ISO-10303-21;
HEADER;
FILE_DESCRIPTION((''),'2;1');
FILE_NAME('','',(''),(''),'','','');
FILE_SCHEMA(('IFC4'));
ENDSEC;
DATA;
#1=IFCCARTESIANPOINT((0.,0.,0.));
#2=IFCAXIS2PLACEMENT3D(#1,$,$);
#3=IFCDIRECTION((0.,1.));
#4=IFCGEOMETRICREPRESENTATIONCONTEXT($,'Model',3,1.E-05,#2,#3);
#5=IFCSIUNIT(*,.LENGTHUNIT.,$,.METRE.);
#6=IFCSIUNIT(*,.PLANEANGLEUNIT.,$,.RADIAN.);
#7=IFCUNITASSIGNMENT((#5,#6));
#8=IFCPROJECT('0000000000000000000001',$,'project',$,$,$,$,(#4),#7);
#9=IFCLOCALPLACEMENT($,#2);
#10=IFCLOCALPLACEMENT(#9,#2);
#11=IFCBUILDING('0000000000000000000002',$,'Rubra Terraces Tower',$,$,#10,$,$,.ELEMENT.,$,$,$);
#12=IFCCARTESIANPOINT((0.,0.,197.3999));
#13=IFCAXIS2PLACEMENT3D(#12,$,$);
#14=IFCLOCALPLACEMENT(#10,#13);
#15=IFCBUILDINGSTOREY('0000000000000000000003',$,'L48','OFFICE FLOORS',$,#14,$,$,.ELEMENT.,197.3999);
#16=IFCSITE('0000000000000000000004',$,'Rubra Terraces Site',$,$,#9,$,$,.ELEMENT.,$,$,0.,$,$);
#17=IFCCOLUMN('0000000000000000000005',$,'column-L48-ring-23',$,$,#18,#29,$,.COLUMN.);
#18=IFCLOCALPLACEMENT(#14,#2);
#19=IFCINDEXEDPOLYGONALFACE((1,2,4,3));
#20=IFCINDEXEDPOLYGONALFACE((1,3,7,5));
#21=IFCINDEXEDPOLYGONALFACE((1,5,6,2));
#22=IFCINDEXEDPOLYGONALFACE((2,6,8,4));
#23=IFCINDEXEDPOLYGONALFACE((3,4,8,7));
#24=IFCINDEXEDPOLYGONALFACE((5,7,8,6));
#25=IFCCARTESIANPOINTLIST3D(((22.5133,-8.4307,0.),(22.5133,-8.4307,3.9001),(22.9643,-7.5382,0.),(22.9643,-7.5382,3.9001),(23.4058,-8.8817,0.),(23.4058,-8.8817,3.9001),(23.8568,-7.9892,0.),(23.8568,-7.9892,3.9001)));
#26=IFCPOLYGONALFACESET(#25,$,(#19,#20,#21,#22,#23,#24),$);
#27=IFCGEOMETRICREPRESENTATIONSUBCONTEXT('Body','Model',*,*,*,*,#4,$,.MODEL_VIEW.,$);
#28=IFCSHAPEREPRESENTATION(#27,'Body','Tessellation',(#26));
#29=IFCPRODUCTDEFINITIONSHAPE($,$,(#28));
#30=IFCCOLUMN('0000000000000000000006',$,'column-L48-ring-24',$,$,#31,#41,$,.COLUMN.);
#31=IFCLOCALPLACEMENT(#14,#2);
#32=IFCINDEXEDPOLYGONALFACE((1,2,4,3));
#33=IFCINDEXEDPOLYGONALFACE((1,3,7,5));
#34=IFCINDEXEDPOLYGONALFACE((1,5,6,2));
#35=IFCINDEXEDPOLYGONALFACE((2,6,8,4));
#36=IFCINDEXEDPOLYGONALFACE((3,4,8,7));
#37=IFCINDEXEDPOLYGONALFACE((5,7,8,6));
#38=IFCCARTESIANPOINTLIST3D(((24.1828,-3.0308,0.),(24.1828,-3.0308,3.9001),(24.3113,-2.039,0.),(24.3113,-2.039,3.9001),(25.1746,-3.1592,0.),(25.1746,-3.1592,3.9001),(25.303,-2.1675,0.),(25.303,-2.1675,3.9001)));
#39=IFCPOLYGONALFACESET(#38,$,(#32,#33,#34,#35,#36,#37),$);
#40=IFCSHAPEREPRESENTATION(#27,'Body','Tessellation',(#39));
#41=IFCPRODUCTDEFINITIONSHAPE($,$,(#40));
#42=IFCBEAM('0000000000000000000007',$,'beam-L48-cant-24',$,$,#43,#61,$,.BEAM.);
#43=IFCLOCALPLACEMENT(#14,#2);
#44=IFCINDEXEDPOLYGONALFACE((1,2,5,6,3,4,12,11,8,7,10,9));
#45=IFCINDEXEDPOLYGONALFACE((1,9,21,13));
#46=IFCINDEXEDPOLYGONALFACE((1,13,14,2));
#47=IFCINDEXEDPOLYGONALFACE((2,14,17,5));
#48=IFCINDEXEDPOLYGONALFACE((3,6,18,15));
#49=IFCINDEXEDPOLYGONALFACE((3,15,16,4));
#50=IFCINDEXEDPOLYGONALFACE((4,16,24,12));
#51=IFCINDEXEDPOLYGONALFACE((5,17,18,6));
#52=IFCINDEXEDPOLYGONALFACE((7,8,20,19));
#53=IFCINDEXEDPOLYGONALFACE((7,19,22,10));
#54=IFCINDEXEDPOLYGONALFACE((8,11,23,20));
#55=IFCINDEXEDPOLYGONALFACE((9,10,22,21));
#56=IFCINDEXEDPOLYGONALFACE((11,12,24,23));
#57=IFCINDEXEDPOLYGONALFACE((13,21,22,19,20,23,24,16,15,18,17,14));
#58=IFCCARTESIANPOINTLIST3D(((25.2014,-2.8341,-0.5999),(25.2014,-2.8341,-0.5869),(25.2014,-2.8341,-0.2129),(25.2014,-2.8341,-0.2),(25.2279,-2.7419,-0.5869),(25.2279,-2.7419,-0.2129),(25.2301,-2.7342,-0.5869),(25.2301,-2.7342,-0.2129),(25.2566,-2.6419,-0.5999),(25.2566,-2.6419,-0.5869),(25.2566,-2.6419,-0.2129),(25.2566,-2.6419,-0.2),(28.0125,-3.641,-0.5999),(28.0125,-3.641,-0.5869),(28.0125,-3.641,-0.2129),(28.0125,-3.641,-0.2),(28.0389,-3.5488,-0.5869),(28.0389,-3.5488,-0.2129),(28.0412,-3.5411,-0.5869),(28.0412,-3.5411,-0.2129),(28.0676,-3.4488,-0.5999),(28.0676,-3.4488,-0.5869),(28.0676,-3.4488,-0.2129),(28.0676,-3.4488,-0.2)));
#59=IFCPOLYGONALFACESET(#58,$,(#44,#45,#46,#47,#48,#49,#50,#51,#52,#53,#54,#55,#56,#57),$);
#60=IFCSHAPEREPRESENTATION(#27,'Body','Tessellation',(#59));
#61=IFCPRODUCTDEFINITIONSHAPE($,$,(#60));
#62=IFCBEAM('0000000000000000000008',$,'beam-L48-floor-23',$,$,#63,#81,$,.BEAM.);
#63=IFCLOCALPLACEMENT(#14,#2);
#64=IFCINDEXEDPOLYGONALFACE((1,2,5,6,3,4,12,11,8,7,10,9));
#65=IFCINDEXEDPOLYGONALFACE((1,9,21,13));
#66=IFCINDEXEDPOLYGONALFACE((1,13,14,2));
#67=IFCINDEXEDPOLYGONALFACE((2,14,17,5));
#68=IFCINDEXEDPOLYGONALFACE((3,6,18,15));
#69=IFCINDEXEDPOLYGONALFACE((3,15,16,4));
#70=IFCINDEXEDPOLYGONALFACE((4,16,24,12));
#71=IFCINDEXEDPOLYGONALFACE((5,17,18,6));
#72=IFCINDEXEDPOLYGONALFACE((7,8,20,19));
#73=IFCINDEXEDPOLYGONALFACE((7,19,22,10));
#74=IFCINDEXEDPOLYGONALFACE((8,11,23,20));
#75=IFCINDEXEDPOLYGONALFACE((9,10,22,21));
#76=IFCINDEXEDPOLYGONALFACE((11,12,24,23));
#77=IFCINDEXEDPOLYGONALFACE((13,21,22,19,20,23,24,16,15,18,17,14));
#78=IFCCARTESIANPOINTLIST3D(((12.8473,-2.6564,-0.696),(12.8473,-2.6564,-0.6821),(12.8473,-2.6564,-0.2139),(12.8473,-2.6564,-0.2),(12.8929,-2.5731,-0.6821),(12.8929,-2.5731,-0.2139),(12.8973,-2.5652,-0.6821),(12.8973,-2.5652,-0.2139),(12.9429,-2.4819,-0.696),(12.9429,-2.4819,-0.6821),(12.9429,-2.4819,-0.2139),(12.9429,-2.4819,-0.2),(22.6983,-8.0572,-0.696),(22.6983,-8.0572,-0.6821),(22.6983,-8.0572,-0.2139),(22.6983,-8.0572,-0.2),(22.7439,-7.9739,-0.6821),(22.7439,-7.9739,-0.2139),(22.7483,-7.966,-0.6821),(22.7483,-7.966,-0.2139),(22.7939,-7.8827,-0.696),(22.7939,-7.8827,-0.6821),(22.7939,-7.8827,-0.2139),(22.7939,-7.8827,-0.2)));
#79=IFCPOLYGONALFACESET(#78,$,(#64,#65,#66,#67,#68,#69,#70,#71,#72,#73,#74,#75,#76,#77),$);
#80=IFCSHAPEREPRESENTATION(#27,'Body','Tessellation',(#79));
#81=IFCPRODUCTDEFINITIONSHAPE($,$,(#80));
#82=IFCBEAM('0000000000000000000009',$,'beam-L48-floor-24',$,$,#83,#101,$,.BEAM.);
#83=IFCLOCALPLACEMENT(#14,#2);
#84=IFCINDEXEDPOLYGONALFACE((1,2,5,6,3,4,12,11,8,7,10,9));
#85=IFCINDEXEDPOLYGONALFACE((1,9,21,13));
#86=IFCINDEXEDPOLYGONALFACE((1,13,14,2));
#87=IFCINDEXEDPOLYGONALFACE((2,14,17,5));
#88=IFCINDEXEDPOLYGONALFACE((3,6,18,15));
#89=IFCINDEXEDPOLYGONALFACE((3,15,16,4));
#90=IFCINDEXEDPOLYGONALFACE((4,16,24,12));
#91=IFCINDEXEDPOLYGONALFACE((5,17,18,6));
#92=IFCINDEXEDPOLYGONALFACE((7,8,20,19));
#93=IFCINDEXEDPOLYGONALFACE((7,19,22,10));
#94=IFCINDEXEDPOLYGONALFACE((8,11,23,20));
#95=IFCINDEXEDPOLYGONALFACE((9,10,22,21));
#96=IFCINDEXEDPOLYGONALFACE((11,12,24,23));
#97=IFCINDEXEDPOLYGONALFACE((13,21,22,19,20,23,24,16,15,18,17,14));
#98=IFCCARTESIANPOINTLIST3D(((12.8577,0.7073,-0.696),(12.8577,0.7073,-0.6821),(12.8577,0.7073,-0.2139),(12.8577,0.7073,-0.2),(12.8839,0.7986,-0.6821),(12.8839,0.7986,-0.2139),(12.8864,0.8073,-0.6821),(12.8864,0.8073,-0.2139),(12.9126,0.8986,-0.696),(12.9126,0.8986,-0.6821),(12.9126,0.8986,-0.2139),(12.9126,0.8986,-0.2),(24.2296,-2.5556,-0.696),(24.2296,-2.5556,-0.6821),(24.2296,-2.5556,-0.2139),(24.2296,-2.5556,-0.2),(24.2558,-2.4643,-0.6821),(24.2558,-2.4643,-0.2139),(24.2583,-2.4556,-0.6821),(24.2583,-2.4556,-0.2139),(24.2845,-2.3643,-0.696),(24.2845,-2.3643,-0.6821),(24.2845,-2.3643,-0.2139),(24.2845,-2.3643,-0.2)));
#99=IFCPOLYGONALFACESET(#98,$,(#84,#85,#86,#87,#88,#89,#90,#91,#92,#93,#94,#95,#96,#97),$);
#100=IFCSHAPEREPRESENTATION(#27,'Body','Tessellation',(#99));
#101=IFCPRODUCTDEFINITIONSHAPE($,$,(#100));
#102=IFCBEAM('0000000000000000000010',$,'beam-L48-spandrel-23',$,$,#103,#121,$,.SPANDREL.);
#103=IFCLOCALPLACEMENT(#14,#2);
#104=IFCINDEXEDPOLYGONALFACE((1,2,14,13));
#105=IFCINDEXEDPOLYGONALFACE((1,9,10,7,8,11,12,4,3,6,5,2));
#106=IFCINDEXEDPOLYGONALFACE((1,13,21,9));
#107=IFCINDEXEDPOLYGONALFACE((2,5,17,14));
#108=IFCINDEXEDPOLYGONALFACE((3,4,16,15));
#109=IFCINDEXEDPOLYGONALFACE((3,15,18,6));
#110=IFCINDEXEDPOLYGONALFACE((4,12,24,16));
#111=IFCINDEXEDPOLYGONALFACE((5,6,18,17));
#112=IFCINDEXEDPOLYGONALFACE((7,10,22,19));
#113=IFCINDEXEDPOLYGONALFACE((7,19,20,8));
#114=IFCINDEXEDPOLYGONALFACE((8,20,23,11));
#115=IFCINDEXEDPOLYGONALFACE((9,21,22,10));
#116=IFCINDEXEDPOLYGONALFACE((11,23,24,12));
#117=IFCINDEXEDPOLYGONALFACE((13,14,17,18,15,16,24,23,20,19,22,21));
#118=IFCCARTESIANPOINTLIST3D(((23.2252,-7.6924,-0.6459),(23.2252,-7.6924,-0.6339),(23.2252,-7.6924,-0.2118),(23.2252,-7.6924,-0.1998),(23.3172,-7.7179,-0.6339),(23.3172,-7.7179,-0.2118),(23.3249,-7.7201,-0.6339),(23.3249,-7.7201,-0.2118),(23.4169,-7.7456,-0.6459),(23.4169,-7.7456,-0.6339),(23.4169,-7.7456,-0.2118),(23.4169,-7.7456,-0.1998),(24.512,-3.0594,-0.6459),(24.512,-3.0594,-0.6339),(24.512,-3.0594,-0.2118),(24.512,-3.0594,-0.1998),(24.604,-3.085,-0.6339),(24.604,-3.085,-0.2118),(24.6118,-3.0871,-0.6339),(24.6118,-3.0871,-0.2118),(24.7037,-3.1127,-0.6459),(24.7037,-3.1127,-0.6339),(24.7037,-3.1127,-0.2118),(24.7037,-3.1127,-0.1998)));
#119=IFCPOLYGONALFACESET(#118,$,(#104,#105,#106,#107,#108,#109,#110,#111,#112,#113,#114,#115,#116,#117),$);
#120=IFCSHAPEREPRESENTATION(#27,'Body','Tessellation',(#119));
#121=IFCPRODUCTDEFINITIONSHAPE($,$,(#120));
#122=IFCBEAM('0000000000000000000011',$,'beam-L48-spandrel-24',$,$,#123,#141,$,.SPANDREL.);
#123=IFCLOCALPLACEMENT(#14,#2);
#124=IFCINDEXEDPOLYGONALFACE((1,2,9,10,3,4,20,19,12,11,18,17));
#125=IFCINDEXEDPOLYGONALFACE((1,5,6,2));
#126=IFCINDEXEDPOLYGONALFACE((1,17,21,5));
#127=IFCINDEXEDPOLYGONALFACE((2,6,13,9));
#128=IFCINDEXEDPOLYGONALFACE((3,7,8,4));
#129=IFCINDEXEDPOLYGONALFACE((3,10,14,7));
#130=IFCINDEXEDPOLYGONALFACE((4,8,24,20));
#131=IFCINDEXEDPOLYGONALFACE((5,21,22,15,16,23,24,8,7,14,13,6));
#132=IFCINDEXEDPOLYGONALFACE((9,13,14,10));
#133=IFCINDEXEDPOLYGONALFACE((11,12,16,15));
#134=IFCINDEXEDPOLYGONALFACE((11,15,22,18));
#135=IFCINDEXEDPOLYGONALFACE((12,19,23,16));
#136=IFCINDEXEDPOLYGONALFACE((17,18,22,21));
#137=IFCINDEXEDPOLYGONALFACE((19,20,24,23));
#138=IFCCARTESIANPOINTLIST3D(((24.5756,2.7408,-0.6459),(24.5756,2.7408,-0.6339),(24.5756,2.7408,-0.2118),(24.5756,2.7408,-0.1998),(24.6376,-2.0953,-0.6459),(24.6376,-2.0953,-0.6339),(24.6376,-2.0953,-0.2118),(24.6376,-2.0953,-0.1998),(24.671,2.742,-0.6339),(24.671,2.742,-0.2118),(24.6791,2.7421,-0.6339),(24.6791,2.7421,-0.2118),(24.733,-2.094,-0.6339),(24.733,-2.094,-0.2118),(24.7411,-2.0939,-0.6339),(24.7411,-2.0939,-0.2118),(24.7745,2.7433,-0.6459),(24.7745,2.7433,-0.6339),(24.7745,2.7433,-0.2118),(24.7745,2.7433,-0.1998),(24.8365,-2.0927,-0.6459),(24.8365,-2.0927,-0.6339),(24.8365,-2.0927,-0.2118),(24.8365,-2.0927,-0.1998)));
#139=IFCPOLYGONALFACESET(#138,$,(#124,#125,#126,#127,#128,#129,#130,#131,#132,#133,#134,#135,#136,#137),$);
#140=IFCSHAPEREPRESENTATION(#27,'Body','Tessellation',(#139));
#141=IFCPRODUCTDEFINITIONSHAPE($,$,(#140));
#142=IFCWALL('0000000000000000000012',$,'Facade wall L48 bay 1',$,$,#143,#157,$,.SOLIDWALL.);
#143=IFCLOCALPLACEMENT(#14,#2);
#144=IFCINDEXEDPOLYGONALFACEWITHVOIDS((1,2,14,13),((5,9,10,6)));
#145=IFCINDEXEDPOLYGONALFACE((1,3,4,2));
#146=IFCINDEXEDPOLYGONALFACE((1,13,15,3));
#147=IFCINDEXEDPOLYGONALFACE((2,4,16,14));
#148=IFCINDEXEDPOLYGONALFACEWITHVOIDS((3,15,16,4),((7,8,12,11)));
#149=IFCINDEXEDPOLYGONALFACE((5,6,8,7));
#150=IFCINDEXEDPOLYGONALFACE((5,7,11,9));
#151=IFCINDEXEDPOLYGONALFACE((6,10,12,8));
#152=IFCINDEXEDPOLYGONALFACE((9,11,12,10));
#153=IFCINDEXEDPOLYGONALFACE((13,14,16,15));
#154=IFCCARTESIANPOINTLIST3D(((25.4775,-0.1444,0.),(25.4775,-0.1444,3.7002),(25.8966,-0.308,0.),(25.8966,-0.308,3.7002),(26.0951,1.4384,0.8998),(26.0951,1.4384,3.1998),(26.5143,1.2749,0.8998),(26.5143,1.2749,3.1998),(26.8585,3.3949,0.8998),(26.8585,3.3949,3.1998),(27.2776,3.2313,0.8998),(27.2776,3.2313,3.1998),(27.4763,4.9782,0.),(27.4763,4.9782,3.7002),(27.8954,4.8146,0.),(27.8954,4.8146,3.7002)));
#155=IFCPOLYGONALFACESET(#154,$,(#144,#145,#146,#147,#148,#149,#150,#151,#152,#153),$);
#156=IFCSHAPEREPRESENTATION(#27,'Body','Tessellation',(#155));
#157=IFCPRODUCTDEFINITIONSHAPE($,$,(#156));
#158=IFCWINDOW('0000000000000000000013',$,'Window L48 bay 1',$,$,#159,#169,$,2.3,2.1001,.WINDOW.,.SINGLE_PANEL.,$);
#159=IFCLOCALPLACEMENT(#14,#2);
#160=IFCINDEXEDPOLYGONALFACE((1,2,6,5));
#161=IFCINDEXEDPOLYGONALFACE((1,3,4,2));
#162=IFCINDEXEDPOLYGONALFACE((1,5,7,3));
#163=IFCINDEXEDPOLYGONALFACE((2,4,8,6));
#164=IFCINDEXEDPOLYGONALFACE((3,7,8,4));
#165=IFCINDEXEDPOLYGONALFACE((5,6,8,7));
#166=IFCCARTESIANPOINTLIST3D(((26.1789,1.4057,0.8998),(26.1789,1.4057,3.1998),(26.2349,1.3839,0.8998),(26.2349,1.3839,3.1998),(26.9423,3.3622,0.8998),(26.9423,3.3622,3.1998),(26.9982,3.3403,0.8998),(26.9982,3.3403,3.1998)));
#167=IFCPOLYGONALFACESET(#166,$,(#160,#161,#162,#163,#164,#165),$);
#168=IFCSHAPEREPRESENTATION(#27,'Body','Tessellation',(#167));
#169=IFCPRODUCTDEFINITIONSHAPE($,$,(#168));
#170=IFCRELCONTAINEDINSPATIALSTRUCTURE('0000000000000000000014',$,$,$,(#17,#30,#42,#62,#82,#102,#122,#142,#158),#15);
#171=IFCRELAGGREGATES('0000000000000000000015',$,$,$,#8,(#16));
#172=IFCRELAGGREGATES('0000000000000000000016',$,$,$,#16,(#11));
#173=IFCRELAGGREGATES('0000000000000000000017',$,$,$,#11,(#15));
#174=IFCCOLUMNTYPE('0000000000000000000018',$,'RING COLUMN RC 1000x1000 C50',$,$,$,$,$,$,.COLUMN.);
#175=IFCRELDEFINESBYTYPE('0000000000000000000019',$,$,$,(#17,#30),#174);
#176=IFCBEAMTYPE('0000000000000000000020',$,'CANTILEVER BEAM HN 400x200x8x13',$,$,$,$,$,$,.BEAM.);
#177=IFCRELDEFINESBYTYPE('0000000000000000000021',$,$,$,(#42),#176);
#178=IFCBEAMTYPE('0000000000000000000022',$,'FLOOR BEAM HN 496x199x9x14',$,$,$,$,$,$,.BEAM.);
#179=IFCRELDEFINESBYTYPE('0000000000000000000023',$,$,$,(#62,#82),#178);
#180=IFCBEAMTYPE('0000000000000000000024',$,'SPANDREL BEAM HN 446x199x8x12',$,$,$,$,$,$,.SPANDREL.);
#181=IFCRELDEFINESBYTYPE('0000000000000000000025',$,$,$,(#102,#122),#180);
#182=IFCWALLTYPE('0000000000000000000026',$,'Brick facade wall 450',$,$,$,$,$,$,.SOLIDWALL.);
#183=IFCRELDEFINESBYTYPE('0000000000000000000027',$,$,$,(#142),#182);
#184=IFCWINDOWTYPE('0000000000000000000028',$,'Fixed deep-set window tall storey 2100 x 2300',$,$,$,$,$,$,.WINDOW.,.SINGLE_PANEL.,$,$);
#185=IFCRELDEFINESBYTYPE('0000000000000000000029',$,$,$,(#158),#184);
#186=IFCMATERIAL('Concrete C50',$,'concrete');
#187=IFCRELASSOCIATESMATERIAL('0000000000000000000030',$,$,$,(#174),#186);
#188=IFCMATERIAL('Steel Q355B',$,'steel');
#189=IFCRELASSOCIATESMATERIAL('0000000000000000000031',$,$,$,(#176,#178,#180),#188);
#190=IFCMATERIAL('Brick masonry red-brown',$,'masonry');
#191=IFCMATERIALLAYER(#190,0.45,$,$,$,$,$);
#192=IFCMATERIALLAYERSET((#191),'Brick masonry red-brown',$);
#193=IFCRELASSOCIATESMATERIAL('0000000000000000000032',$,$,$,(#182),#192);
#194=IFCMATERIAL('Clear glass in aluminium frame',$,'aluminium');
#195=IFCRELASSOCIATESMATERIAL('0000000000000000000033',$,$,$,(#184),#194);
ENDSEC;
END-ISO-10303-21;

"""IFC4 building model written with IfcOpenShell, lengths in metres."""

from ifc_helpers import new_model, si_unit, direction, frame, frame_2d, origin, origin_2d, place, context, subcontext, project, spatial, rectangle, i_section, extrude, material, layer, layer_set, material_profile, profile_set, type_object, element, fill, save


model = new_model("IFC4")

# Units and contexts
model_context = context("Model", 3, precision=1e-05, world=origin(), true_north=direction((0.0, 1.0)))
body_context = subcontext(model_context, "Body", "Model", "MODEL_VIEW")
ifc_project = project(units=[si_unit("LENGTHUNIT", "METRE"), si_unit("PLANEANGLEUNIT", "RADIAN")], contexts=[model_context])

# Site, building, storey
site_placement = place(None, origin())
site = spatial("IfcSite", under=ifc_project, at=site_placement, Name="Rubra Terraces Site", CompositionType="ELEMENT", RefElevation=0.0)
building_placement = place(site_placement, origin())
building = spatial("IfcBuilding", under=site, at=building_placement, Name="Rubra Terraces Tower", CompositionType="ELEMENT")
storey_placement = place(building_placement, frame((0.0, 0.0, 197.3999)))
storey = spatial("IfcBuildingStorey", under=building, at=storey_placement, Name="L48", Description="OFFICE FLOORS", CompositionType="ELEMENT", Elevation=197.3999)

# Columns
ifc_material_1 = material(Name="Concrete C50", Category="concrete")
ifc_material_profile_1 = material_profile(ifc_material_1, rectangle(XDim=1.0, YDim=1.0, at=origin_2d()), Name="RC 1000x1000")
ifc_profile_set_1 = profile_set([ifc_material_profile_1], Name="Concrete C50")
column_type = type_object("IfcColumnType", Name="RING COLUMN RC 1000x1000 C50", PredefinedType="COLUMN", material=ifc_profile_set_1)
for number, where, z_axis, x_axis, name in (
    (1, (23.1851, -8.21, 0.0), (0.0, 0.0, 1.0), (0.451028, 0.89251, 0.0), "column-L48-ring-23"),
    (2, (24.7429, -2.5991, 0.0), (0.0, 0.0, 1.0), (0.128444, 0.991717, 0.0), "column-L48-ring-24"),
):
    element("IfcColumn", number, at=place(storey_placement, frame(where, z_axis=z_axis, x_axis=x_axis)), inside=storey, type_object=column_type, Name=name, PredefinedType="COLUMN", context=body_context, shape_type="SweptSolid", body=[
        extrude(rectangle(XDim=1.0, YDim=1.0, at=origin_2d()), origin(), (0.0, 0.0, 1.0), 3.9001),
    ])

# Beams
ifc_material_2 = material(Name="Steel Q355B", Category="steel")
ifc_material_profile_2 = material_profile(ifc_material_2, i_section(OverallWidth=0.2, OverallDepth=0.3999, WebThickness=0.0081, FlangeThickness=0.0129, at=origin_2d()), Name="HN 400x200x8x13")
ifc_profile_set_2 = profile_set([ifc_material_profile_2], Name="Steel Q355B")
beam_type_1 = type_object("IfcBeamType", Name="CANTILEVER BEAM HN 400x200x8x13", PredefinedType="BEAM", material=ifc_profile_set_2)
beam_1_placement = place(storey_placement, frame((25.229, -2.738, -0.3999), z_axis=(0.961186, -0.275901, 0.0), x_axis=(0.275901, 0.961186, 0.0)))
element("IfcBeam", 3, at=beam_1_placement, inside=storey, type_object=beam_type_1, Name="beam-L48-cant-24", PredefinedType="BEAM", context=body_context, shape_type="SweptSolid", body=[
    extrude(i_section(OverallWidth=0.2, OverallDepth=0.3999, WebThickness=0.0081, FlangeThickness=0.0129, at=origin_2d()), origin(), (0.0, 0.0, 1.0), 2.9246),
])
ifc_material_profile_3 = material_profile(ifc_material_2, i_section(OverallWidth=0.199, OverallDepth=0.4961, WebThickness=0.009, FlangeThickness=0.0139, at=origin_2d()), Name="HN 496x199x9x14")
ifc_profile_set_3 = profile_set([ifc_material_profile_3], Name="Steel Q355B")
beam_type_2 = type_object("IfcBeamType", Name="FLOOR BEAM HN 496x199x9x14", PredefinedType="BEAM", material=ifc_profile_set_3)
beam_2_placement = place(storey_placement, frame((22.7461, -7.97, -0.448), z_axis=(-0.876862, 0.480742, 0.0), x_axis=(-0.480742, -0.876862, 0.0)))
element("IfcBeam", 4, at=beam_2_placement, inside=storey, type_object=beam_type_2, Name="beam-L48-floor-23", PredefinedType="BEAM", context=body_context, shape_type="SweptSolid", body=[
    extrude(i_section(OverallWidth=0.199, OverallDepth=0.4961, WebThickness=0.009, FlangeThickness=0.0139, at=origin_2d()), origin(), (0.0, 0.0, 1.0), 11.2344),
])
beam_3_placement = place(storey_placement, frame((24.2571, -2.46, -0.448), z_axis=(-0.961216, 0.275798, 0.0), x_axis=(-0.275798, -0.961216, 0.0)))
element("IfcBeam", 5, at=beam_3_placement, inside=storey, type_object=beam_type_2, Name="beam-L48-floor-24", PredefinedType="BEAM", context=body_context, shape_type="SweptSolid", body=[
    extrude(i_section(OverallWidth=0.199, OverallDepth=0.4961, WebThickness=0.009, FlangeThickness=0.0139, at=origin_2d()), origin(), (0.0, 0.0, 1.0), 11.8308),
])
ifc_material_profile_4 = material_profile(ifc_material_2, i_section(OverallWidth=0.199, OverallDepth=0.446, WebThickness=0.0081, FlangeThickness=0.012, at=origin_2d()), Name="HN 446x199x8x12")
ifc_profile_set_4 = profile_set([ifc_material_profile_4], Name="Steel Q355B")
beam_type_3 = type_object("IfcBeamType", Name="SPANDREL BEAM HN 446x199x8x12", PredefinedType="SPANDREL", material=ifc_profile_set_4)
beam_4_placement = place(storey_placement, frame((23.321, -7.719, -0.4229), z_axis=(0.267626, 0.963523, 0.0), x_axis=(-0.963523, 0.267626, 0.0)))
element("IfcBeam", 6, at=beam_4_placement, inside=storey, type_object=beam_type_3, Name="beam-L48-spandrel-23", PredefinedType="SPANDREL", context=body_context, shape_type="SweptSolid", body=[
    extrude(i_section(OverallWidth=0.199, OverallDepth=0.446, WebThickness=0.0081, FlangeThickness=0.012, at=origin_2d()), origin(), (0.0, 0.0, 1.0), 4.8083),
])
beam_5_placement = place(storey_placement, frame((24.7371, -2.094, -0.4229), z_axis=(-0.012822, 0.999918, 0.0), x_axis=(-0.999918, -0.012822, 0.0)))
element("IfcBeam", 7, at=beam_5_placement, inside=storey, type_object=beam_type_3, Name="beam-L48-spandrel-24", PredefinedType="SPANDREL", context=body_context, shape_type="SweptSolid", body=[
    extrude(i_section(OverallWidth=0.199, OverallDepth=0.446, WebThickness=0.0081, FlangeThickness=0.012, at=origin_2d()), origin(), (0.0, 0.0, 1.0), 4.8364),
])

# Wall, opening, window
ifc_material_3 = material(Name="Brick masonry red-brown", Category="masonry")
ifc_layer_1 = layer(ifc_material_3, 0.45)
ifc_layer_set_1 = layer_set([ifc_layer_1], Name="Brick masonry red-brown")
wall_type_1 = type_object("IfcWallType", Name="Brick facade wall 450", PredefinedType="SOLIDWALL", material=ifc_layer_set_1)
wall_1_placement = place(storey_placement, frame((25.687, -0.2263, 0.0), z_axis=(0.0, 0.0, 1.0), x_axis=(0.3635, 0.931594, 0.0)))
wall_1 = element("IfcWall", 8, at=wall_1_placement, inside=storey, type_object=wall_type_1, Name="Facade wall L48 bay 1", PredefinedType="SOLIDWALL", context=body_context, shape_type="SweptSolid", body=[
    extrude(rectangle(XDim=5.4988, YDim=0.45, at=frame_2d((2.7495, 0.0))), origin(), (0.0, 0.0, 1.0), 3.7002),
])
opening_1_placement = place(wall_1_placement, frame((1.6992, 0.0, 0.8999)))
opening_1 = element("IfcOpeningElement", 9, at=opening_1_placement, cuts=wall_1, PredefinedType="OPENING", context=body_context, shape_type="SweptSolid", body=[
    extrude(rectangle(XDim=2.1001, YDim=2.3, at=frame_2d((1.05, 1.1499))), frame((0.0, 0.2349, 0.0), z_axis=(0.0, -1.0, 0.0), x_axis=(1.0, 0.0, 0.0)), (0.0, 0.0, 1.0), 0.47),
])
ifc_material_4 = material(Name="Clear glass in aluminium frame", Category="aluminium")
window_type = type_object("IfcWindowType", Name="Fixed deep-set window tall storey 2100 x 2300", PartitioningType="SINGLE_PANEL", PredefinedType="WINDOW", material=ifc_material_4)
window_1_placement = place(opening_1_placement, origin())
window_1 = element("IfcWindow", 10, at=window_1_placement, inside=storey, type_object=window_type, Name="Window L48 bay 1", OverallHeight=2.3, OverallWidth=2.1001, PartitioningType="SINGLE_PANEL", PredefinedType="WINDOW", context=body_context, shape_type="SweptSolid", body=[
    extrude(rectangle(XDim=2.1001, YDim=2.3, at=frame_2d((1.05, 1.1499))), frame((0.0, 0.135, 0.0), z_axis=(0.0, -1.0, 0.0), x_axis=(1.0, 0.0, 0.0)), (0.0, 0.0, 1.0), 0.0601),
])
fill(opening_1, window_1)

save(model, "model.ifc")
